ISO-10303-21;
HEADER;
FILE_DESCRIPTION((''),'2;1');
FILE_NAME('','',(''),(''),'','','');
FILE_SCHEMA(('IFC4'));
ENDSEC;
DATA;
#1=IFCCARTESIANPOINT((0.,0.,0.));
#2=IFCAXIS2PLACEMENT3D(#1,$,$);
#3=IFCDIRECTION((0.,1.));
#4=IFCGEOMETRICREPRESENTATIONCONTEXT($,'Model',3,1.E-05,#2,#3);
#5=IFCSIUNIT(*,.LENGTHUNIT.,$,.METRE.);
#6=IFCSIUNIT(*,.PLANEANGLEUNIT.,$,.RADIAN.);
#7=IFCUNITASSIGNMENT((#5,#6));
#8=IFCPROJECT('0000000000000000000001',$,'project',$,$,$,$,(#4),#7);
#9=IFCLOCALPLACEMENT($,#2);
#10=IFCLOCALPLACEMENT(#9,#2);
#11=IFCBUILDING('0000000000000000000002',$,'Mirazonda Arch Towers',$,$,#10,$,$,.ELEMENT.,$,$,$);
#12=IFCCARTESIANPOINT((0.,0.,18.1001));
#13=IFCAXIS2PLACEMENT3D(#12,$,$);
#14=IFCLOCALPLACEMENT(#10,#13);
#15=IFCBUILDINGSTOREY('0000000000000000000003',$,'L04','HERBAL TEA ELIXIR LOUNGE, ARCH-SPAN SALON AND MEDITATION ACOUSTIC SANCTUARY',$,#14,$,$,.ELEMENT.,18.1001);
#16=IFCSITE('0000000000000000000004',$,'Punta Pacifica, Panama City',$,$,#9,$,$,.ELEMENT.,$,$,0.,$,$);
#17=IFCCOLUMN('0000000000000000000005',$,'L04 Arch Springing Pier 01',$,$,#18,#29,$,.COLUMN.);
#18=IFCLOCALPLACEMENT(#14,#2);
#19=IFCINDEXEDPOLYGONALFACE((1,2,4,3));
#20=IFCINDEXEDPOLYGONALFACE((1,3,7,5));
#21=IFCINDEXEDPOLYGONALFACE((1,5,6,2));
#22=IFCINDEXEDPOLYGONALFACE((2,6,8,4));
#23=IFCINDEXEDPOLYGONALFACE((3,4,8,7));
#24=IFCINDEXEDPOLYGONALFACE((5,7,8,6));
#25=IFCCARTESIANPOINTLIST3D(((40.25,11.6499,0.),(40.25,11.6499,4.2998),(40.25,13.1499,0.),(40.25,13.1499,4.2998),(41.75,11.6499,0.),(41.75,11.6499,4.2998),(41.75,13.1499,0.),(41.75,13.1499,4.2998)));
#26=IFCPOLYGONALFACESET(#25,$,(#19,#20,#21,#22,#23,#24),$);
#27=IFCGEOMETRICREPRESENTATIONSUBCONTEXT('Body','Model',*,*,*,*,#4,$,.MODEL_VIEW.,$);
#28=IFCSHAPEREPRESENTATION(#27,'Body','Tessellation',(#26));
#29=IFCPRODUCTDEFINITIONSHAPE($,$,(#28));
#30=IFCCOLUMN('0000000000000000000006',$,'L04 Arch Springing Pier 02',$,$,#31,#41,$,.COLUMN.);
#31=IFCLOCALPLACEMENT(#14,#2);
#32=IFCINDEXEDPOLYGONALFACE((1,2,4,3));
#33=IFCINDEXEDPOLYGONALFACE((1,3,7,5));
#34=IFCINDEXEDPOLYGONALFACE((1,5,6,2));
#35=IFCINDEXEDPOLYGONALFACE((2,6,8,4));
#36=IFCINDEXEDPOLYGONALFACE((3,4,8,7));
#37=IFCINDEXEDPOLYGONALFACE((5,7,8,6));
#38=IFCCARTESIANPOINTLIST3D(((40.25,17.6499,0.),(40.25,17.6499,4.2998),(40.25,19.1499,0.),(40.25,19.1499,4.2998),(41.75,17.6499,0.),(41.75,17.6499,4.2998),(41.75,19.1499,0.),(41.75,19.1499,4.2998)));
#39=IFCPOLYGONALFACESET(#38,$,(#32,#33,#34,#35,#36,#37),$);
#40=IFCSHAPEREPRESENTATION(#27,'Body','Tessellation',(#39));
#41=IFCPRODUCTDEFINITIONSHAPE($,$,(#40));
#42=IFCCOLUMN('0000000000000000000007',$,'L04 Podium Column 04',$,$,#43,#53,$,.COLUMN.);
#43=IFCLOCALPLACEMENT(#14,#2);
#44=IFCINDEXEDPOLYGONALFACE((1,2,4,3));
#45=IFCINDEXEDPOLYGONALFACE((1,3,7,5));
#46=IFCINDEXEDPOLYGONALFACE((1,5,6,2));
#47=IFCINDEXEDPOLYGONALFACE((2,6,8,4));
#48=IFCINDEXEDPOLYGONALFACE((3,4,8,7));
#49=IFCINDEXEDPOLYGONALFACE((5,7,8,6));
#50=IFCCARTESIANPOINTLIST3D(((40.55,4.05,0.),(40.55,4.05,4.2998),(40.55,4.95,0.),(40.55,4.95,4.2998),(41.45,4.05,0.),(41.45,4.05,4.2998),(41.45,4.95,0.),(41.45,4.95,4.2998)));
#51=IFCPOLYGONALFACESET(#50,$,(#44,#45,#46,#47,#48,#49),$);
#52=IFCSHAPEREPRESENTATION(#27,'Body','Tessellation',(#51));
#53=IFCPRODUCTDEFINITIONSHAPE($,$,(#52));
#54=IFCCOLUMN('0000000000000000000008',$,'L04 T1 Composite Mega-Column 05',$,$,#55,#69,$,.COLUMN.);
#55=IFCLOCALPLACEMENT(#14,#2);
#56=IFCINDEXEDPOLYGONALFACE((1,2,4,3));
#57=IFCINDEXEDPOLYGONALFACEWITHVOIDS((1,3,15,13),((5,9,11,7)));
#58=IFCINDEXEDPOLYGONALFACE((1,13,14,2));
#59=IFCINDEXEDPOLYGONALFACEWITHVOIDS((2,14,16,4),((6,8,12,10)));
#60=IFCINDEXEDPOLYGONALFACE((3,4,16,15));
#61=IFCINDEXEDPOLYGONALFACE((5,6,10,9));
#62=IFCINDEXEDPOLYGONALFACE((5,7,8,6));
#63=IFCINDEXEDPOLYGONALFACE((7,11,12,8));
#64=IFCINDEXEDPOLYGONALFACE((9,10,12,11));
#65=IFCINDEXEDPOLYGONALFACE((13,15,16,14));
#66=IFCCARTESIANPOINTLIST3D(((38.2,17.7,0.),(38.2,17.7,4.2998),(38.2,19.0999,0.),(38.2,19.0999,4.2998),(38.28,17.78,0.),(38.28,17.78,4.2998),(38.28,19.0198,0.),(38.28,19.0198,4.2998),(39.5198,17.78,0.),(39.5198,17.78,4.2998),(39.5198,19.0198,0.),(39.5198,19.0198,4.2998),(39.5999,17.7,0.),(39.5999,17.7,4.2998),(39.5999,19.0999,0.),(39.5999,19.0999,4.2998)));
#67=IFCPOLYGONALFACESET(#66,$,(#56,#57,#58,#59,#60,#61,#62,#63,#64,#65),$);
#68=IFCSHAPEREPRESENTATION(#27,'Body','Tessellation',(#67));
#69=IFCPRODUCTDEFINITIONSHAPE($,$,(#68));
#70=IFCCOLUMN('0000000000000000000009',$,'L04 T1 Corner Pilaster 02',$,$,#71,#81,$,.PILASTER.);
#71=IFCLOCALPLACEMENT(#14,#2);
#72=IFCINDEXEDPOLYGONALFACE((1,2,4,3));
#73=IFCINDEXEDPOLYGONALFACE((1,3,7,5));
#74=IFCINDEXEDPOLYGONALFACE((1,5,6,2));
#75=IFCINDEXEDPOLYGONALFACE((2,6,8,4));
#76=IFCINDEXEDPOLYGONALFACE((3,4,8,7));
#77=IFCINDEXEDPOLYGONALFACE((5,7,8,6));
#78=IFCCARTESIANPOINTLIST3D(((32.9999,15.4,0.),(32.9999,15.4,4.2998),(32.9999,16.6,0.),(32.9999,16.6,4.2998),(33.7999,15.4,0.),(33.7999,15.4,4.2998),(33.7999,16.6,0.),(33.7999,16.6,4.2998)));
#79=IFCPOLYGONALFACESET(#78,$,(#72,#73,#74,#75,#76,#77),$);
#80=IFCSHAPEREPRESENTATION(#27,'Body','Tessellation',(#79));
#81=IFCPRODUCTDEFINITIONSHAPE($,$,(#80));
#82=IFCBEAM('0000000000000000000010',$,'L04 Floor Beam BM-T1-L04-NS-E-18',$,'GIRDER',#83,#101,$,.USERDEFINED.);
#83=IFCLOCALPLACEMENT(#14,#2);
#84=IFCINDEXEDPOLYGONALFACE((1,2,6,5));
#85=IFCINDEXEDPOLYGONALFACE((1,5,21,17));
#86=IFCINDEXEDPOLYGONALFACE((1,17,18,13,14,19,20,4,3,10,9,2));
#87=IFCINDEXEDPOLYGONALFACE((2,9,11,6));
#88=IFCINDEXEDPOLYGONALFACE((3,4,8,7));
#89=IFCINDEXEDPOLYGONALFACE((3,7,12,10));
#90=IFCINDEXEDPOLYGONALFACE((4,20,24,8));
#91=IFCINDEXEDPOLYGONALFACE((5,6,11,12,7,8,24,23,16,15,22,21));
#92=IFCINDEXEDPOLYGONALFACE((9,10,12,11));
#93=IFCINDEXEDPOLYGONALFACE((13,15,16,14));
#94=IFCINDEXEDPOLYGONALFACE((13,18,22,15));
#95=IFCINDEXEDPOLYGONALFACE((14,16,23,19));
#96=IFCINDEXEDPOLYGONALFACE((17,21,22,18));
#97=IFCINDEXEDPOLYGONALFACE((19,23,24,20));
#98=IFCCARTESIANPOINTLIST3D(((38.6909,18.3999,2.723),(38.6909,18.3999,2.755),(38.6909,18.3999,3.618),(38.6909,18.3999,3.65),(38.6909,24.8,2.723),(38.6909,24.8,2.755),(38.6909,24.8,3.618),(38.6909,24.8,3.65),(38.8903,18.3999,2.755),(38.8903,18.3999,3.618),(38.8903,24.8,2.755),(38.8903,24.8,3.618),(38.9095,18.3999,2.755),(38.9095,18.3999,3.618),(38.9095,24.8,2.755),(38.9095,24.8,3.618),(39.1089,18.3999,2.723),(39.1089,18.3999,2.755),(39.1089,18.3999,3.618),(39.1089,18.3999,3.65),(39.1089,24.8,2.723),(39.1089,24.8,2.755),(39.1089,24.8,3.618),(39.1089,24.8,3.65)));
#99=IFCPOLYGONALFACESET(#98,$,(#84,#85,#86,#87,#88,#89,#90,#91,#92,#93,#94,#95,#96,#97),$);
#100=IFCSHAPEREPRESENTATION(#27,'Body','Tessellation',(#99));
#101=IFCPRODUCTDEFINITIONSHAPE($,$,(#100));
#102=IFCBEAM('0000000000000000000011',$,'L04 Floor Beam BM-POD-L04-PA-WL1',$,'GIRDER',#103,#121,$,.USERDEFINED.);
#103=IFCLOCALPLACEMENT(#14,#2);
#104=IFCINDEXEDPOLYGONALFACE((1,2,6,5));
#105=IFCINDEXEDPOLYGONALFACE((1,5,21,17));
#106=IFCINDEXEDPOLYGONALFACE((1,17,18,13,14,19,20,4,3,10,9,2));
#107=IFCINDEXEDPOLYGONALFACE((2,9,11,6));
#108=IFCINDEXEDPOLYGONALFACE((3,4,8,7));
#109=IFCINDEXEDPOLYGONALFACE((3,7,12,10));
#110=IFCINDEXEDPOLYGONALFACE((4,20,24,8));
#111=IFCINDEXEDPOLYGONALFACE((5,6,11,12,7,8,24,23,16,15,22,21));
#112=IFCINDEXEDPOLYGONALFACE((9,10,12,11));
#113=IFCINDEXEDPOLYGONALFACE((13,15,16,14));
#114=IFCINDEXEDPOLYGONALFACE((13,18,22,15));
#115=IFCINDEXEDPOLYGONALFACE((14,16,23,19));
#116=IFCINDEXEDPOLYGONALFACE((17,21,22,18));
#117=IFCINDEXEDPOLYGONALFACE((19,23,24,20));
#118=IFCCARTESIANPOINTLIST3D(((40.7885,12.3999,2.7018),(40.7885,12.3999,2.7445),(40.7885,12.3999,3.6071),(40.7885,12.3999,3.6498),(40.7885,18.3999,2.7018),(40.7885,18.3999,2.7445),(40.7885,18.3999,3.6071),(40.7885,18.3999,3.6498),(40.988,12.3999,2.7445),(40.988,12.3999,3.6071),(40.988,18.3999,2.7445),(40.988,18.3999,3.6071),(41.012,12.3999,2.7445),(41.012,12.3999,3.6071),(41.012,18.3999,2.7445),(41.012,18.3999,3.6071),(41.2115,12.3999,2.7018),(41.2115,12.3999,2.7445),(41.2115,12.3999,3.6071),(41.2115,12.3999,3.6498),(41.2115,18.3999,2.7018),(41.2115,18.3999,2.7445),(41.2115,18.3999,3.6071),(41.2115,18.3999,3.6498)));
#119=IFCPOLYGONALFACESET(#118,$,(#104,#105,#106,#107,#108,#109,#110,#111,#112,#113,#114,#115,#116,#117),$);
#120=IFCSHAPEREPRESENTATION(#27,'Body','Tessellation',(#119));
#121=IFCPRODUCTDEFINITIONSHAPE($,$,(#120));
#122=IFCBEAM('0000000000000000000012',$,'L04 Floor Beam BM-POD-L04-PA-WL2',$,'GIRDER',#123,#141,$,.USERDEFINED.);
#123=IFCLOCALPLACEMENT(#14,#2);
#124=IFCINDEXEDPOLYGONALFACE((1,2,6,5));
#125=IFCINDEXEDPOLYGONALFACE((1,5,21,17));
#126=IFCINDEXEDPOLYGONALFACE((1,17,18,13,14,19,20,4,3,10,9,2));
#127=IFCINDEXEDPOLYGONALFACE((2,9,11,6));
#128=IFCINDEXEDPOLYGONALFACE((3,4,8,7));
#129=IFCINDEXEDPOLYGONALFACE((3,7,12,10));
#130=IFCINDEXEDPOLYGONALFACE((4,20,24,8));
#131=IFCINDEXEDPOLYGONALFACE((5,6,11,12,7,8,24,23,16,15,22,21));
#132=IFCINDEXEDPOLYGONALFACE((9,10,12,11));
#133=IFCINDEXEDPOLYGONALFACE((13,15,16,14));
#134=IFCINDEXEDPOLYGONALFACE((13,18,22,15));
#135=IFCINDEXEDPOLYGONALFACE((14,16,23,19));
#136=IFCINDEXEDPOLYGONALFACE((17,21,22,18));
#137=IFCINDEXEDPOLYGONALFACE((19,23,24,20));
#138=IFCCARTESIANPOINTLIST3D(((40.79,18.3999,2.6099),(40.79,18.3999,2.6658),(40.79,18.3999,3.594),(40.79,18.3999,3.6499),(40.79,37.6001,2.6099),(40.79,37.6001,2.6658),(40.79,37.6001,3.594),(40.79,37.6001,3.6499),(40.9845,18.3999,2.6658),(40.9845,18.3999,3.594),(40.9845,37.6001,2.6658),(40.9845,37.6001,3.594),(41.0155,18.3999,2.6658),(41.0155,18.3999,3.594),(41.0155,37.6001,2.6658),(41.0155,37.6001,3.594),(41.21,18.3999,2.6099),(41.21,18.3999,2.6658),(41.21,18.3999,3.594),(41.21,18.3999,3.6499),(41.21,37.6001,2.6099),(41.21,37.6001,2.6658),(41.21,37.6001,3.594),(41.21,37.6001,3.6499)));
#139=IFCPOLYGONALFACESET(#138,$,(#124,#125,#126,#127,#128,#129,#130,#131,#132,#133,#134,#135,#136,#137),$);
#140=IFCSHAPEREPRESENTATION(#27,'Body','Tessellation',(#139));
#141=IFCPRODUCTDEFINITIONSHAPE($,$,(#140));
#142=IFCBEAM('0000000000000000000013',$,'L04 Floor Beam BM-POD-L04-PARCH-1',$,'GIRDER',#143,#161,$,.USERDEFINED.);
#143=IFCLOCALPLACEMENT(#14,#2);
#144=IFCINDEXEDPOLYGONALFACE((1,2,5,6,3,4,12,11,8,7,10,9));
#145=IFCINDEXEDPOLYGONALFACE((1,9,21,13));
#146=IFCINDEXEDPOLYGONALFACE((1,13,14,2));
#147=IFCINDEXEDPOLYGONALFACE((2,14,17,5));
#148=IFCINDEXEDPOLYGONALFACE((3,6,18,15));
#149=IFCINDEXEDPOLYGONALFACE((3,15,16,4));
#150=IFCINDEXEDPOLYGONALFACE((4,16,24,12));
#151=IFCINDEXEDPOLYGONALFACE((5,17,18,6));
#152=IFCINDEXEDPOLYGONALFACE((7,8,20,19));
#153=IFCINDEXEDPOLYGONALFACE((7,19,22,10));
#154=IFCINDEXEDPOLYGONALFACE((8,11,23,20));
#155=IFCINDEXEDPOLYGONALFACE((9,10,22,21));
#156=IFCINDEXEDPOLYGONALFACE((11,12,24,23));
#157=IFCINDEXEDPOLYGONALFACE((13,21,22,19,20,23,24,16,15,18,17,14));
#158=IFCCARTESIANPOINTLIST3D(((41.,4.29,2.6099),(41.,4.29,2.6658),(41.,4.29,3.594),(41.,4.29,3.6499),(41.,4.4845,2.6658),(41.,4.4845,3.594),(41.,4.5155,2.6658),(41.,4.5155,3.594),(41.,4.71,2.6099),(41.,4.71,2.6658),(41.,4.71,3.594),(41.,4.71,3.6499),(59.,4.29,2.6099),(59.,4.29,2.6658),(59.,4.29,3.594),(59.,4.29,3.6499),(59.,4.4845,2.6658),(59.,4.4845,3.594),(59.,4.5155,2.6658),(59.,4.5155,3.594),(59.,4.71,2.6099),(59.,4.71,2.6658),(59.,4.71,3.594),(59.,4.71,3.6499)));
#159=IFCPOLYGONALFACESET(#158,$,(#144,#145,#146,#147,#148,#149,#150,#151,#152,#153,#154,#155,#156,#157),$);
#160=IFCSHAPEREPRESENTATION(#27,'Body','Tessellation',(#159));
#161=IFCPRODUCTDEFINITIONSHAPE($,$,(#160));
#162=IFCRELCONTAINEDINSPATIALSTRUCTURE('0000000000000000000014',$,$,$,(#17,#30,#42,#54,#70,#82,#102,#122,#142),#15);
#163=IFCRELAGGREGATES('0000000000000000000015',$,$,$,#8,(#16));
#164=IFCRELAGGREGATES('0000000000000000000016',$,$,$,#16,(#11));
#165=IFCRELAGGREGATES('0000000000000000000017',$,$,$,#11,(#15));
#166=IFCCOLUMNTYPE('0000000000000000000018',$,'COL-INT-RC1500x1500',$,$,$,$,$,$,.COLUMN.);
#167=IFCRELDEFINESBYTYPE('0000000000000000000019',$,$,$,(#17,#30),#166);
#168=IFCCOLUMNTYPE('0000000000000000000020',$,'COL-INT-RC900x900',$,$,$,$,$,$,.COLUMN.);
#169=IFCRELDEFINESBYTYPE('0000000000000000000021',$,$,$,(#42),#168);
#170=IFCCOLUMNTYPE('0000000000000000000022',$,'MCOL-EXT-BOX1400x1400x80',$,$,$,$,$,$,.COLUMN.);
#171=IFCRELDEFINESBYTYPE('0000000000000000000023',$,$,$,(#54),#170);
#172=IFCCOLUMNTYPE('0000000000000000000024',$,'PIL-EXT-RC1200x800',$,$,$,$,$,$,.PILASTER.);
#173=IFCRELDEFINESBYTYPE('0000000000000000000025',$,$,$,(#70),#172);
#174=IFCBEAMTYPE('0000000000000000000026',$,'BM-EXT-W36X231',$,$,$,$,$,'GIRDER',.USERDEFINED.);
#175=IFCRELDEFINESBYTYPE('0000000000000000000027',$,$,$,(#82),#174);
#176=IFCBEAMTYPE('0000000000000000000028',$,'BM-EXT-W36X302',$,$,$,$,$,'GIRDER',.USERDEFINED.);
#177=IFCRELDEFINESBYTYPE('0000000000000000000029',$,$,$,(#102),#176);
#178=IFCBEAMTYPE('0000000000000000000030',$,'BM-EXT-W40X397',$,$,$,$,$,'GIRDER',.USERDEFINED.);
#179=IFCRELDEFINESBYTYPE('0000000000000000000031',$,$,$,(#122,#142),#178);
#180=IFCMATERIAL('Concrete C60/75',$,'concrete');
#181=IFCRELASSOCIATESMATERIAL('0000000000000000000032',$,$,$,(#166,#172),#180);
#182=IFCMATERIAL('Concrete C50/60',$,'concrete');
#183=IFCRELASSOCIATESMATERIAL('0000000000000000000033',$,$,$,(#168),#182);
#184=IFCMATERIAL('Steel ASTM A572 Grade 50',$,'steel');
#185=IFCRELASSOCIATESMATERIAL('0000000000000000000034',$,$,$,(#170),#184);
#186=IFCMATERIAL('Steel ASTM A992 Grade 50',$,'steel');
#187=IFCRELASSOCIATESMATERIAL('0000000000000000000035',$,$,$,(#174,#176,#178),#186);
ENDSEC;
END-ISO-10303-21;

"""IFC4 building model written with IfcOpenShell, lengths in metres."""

from ifc_helpers import new_model, si_unit, direction, frame, origin, origin_2d, place, context, subcontext, project, spatial, rectangle, hollow_rectangle, i_section, extrude, material, material_profile, profile_set, type_object, element, save


model = new_model("IFC4")

# Units and contexts
model_context = context("Model", 3, precision=1e-05, world=origin(), true_north=direction((0.0, 1.0)))
body_context = subcontext(model_context, "Body", "Model", "MODEL_VIEW")
ifc_project = project(units=[si_unit("LENGTHUNIT", "METRE"), si_unit("PLANEANGLEUNIT", "RADIAN")], contexts=[model_context])

# Site, building, storey
site_placement = place(None, origin())
site = spatial("IfcSite", under=ifc_project, at=site_placement, Name="Punta Pacifica, Panama City", CompositionType="ELEMENT", RefElevation=0.0)
building_placement = place(site_placement, origin())
building = spatial("IfcBuilding", under=site, at=building_placement, Name="Mirazonda Arch Towers", CompositionType="ELEMENT")
storey_placement = place(building_placement, frame((0.0, 0.0, 18.1001)))
storey = spatial("IfcBuildingStorey", under=building, at=storey_placement, Name="L04", Description="HERBAL TEA ELIXIR LOUNGE, ARCH-SPAN SALON AND MEDITATION ACOUSTIC SANCTUARY", CompositionType="ELEMENT", Elevation=18.1001)

# Columns
ifc_material_1 = material(Name="Concrete C60/75", Category="concrete")
ifc_material_profile_1 = material_profile(ifc_material_1, rectangle(XDim=1.5, YDim=1.5, at=origin_2d()), Name="RC1500x1500")
ifc_profile_set_1 = profile_set([ifc_material_profile_1], Name="Concrete C60/75")
column_type_1 = type_object("IfcColumnType", Name="COL-INT-RC1500x1500", PredefinedType="COLUMN", material=ifc_profile_set_1)
for number, where, z_axis, x_axis, name in (
    (1, (41.0, 12.3999, 0.0), (0.0, 0.0, 1.0), (1.0, 0.0, 0.0), "L04 Arch Springing Pier 01"),
    (2, (41.0, 18.3999, 0.0), (0.0, 0.0, 1.0), (1.0, 0.0, 0.0), "L04 Arch Springing Pier 02"),
):
    element("IfcColumn", number, at=place(storey_placement, frame(where, z_axis=z_axis, x_axis=x_axis)), inside=storey, type_object=column_type_1, Name=name, PredefinedType="COLUMN", context=body_context, shape_type="SweptSolid", body=[
        extrude(rectangle(XDim=1.5, YDim=1.5, at=origin_2d()), origin(), (0.0, 0.0, 1.0), 4.2998),
    ])
ifc_material_2 = material(Name="Concrete C50/60", Category="concrete")
ifc_material_profile_2 = material_profile(ifc_material_2, rectangle(XDim=0.8999, YDim=0.8999, at=origin_2d()), Name="RC900x900")
ifc_profile_set_2 = profile_set([ifc_material_profile_2], Name="Concrete C50/60")
column_type_2 = type_object("IfcColumnType", Name="COL-INT-RC900x900", PredefinedType="COLUMN", material=ifc_profile_set_2)
column_1_placement = place(storey_placement, frame((41.0, 4.5, 0.0), z_axis=(0.0, 0.0, 1.0), x_axis=(1.0, 0.0, 0.0)))
element("IfcColumn", 3, at=column_1_placement, inside=storey, type_object=column_type_2, Name="L04 Podium Column 04", PredefinedType="COLUMN", context=body_context, shape_type="SweptSolid", body=[
    extrude(rectangle(XDim=0.8999, YDim=0.8999, at=origin_2d()), origin(), (0.0, 0.0, 1.0), 4.2998),
])
ifc_material_3 = material(Name="Steel ASTM A572 Grade 50", Category="steel")
ifc_material_profile_3 = material_profile(ifc_material_3, hollow_rectangle(XDim=1.3999, YDim=1.3999, WallThickness=0.0801, at=origin_2d()), Name="BOX1400x1400x80")
ifc_profile_set_3 = profile_set([ifc_material_profile_3], Name="Steel ASTM A572 Grade 50")
column_type_3 = type_object("IfcColumnType", Name="MCOL-EXT-BOX1400x1400x80", PredefinedType="COLUMN", material=ifc_profile_set_3)
column_2_placement = place(storey_placement, frame((38.8999, 18.3999, 0.0), z_axis=(0.0, 0.0, 1.0), x_axis=(1.0, 0.0, 0.0)))
element("IfcColumn", 4, at=column_2_placement, inside=storey, type_object=column_type_3, Name="L04 T1 Composite Mega-Column 05", PredefinedType="COLUMN", context=body_context, shape_type="SweptSolid", body=[
    extrude(hollow_rectangle(XDim=1.3999, YDim=1.3999, WallThickness=0.0801, at=origin_2d()), origin(), (0.0, 0.0, 1.0), 4.2998),
])
ifc_material_profile_4 = material_profile(ifc_material_1, rectangle(XDim=0.8, YDim=1.2, at=origin_2d()), Name="RC1200x800")
ifc_profile_set_4 = profile_set([ifc_material_profile_4], Name="Concrete C60/75")
column_type_4 = type_object("IfcColumnType", Name="PIL-EXT-RC1200x800", PredefinedType="PILASTER", material=ifc_profile_set_4)
column_3_placement = place(storey_placement, frame((33.3999, 16.0, 0.0), z_axis=(0.0, 0.0, 1.0), x_axis=(1.0, 0.0, 0.0)))
element("IfcColumn", 5, at=column_3_placement, inside=storey, type_object=column_type_4, Name="L04 T1 Corner Pilaster 02", PredefinedType="PILASTER", context=body_context, shape_type="SweptSolid", body=[
    extrude(rectangle(XDim=0.8, YDim=1.2, at=origin_2d()), origin(), (0.0, 0.0, 1.0), 4.2998),
])

# Beams
ifc_material_4 = material(Name="Steel ASTM A992 Grade 50", Category="steel")
ifc_material_profile_5 = material_profile(ifc_material_4, i_section(OverallWidth=0.418, OverallDepth=0.927, WebThickness=0.0193, FlangeThickness=0.032, at=origin_2d()), Name="W36X231")
ifc_profile_set_5 = profile_set([ifc_material_profile_5], Name="Steel ASTM A992 Grade 50")
beam_type_1 = type_object("IfcBeamType", Name="BM-EXT-W36X231", ElementType="GIRDER", PredefinedType="USERDEFINED", material=ifc_profile_set_5)
beam_1_placement = place(storey_placement, frame((38.8999, 18.3999, 3.1865), z_axis=(0.0, 1.0, 0.0), x_axis=(-1.0, 0.0, 0.0)))
element("IfcBeam", 6, at=beam_1_placement, inside=storey, type_object=beam_type_1, Name="L04 Floor Beam BM-T1-L04-NS-E-18", ObjectType="GIRDER", PredefinedType="USERDEFINED", context=body_context, shape_type="SweptSolid", body=[
    extrude(i_section(OverallWidth=0.418, OverallDepth=0.927, WebThickness=0.0193, FlangeThickness=0.032, at=origin_2d()), origin(), (0.0, 0.0, 1.0), 6.4001),
])
ifc_material_profile_6 = material_profile(ifc_material_4, i_section(OverallWidth=0.4231, OverallDepth=0.948, WebThickness=0.0239, FlangeThickness=0.0427, at=origin_2d()), Name="W36X302")
ifc_profile_set_6 = profile_set([ifc_material_profile_6], Name="Steel ASTM A992 Grade 50")
beam_type_2 = type_object("IfcBeamType", Name="BM-EXT-W36X302", ElementType="GIRDER", PredefinedType="USERDEFINED", material=ifc_profile_set_6)
beam_2_placement = place(storey_placement, frame((41.0, 12.3999, 3.1758), z_axis=(0.0, 1.0, 0.0), x_axis=(-1.0, 0.0, 0.0)))
element("IfcBeam", 7, at=beam_2_placement, inside=storey, type_object=beam_type_2, Name="L04 Floor Beam BM-POD-L04-PA-WL1", ObjectType="GIRDER", PredefinedType="USERDEFINED", context=body_context, shape_type="SweptSolid", body=[
    extrude(i_section(OverallWidth=0.4231, OverallDepth=0.948, WebThickness=0.0239, FlangeThickness=0.0427, at=origin_2d()), origin(), (0.0, 0.0, 1.0), 6.0),
])
ifc_material_profile_7 = material_profile(ifc_material_4, i_section(OverallWidth=0.4199, OverallDepth=1.04, WebThickness=0.031, FlangeThickness=0.0559, at=origin_2d()), Name="W40X397")
ifc_profile_set_7 = profile_set([ifc_material_profile_7], Name="Steel ASTM A992 Grade 50")
beam_type_3 = type_object("IfcBeamType", Name="BM-EXT-W40X397", ElementType="GIRDER", PredefinedType="USERDEFINED", material=ifc_profile_set_7)
beam_3_placement = place(storey_placement, frame((41.0, 18.3999, 3.1299), z_axis=(0.0, 1.0, 0.0), x_axis=(-1.0, 0.0, 0.0)))
element("IfcBeam", 8, at=beam_3_placement, inside=storey, type_object=beam_type_3, Name="L04 Floor Beam BM-POD-L04-PA-WL2", ObjectType="GIRDER", PredefinedType="USERDEFINED", context=body_context, shape_type="SweptSolid", body=[
    extrude(i_section(OverallWidth=0.4199, OverallDepth=1.04, WebThickness=0.031, FlangeThickness=0.0559, at=origin_2d()), origin(), (0.0, 0.0, 1.0), 19.2002),
])
beam_4_placement = place(storey_placement, frame((41.0, 4.5, 3.1299), z_axis=(1.0, 0.0, 0.0), x_axis=(0.0, 1.0, 0.0)))
element("IfcBeam", 9, at=beam_4_placement, inside=storey, type_object=beam_type_3, Name="L04 Floor Beam BM-POD-L04-PARCH-1", ObjectType="GIRDER", PredefinedType="USERDEFINED", context=body_context, shape_type="SweptSolid", body=[
    extrude(i_section(OverallWidth=0.4199, OverallDepth=1.04, WebThickness=0.031, FlangeThickness=0.0559, at=origin_2d()), origin(), (0.0, 0.0, 1.0), 18.0),
])

save(model, "model.ifc")
